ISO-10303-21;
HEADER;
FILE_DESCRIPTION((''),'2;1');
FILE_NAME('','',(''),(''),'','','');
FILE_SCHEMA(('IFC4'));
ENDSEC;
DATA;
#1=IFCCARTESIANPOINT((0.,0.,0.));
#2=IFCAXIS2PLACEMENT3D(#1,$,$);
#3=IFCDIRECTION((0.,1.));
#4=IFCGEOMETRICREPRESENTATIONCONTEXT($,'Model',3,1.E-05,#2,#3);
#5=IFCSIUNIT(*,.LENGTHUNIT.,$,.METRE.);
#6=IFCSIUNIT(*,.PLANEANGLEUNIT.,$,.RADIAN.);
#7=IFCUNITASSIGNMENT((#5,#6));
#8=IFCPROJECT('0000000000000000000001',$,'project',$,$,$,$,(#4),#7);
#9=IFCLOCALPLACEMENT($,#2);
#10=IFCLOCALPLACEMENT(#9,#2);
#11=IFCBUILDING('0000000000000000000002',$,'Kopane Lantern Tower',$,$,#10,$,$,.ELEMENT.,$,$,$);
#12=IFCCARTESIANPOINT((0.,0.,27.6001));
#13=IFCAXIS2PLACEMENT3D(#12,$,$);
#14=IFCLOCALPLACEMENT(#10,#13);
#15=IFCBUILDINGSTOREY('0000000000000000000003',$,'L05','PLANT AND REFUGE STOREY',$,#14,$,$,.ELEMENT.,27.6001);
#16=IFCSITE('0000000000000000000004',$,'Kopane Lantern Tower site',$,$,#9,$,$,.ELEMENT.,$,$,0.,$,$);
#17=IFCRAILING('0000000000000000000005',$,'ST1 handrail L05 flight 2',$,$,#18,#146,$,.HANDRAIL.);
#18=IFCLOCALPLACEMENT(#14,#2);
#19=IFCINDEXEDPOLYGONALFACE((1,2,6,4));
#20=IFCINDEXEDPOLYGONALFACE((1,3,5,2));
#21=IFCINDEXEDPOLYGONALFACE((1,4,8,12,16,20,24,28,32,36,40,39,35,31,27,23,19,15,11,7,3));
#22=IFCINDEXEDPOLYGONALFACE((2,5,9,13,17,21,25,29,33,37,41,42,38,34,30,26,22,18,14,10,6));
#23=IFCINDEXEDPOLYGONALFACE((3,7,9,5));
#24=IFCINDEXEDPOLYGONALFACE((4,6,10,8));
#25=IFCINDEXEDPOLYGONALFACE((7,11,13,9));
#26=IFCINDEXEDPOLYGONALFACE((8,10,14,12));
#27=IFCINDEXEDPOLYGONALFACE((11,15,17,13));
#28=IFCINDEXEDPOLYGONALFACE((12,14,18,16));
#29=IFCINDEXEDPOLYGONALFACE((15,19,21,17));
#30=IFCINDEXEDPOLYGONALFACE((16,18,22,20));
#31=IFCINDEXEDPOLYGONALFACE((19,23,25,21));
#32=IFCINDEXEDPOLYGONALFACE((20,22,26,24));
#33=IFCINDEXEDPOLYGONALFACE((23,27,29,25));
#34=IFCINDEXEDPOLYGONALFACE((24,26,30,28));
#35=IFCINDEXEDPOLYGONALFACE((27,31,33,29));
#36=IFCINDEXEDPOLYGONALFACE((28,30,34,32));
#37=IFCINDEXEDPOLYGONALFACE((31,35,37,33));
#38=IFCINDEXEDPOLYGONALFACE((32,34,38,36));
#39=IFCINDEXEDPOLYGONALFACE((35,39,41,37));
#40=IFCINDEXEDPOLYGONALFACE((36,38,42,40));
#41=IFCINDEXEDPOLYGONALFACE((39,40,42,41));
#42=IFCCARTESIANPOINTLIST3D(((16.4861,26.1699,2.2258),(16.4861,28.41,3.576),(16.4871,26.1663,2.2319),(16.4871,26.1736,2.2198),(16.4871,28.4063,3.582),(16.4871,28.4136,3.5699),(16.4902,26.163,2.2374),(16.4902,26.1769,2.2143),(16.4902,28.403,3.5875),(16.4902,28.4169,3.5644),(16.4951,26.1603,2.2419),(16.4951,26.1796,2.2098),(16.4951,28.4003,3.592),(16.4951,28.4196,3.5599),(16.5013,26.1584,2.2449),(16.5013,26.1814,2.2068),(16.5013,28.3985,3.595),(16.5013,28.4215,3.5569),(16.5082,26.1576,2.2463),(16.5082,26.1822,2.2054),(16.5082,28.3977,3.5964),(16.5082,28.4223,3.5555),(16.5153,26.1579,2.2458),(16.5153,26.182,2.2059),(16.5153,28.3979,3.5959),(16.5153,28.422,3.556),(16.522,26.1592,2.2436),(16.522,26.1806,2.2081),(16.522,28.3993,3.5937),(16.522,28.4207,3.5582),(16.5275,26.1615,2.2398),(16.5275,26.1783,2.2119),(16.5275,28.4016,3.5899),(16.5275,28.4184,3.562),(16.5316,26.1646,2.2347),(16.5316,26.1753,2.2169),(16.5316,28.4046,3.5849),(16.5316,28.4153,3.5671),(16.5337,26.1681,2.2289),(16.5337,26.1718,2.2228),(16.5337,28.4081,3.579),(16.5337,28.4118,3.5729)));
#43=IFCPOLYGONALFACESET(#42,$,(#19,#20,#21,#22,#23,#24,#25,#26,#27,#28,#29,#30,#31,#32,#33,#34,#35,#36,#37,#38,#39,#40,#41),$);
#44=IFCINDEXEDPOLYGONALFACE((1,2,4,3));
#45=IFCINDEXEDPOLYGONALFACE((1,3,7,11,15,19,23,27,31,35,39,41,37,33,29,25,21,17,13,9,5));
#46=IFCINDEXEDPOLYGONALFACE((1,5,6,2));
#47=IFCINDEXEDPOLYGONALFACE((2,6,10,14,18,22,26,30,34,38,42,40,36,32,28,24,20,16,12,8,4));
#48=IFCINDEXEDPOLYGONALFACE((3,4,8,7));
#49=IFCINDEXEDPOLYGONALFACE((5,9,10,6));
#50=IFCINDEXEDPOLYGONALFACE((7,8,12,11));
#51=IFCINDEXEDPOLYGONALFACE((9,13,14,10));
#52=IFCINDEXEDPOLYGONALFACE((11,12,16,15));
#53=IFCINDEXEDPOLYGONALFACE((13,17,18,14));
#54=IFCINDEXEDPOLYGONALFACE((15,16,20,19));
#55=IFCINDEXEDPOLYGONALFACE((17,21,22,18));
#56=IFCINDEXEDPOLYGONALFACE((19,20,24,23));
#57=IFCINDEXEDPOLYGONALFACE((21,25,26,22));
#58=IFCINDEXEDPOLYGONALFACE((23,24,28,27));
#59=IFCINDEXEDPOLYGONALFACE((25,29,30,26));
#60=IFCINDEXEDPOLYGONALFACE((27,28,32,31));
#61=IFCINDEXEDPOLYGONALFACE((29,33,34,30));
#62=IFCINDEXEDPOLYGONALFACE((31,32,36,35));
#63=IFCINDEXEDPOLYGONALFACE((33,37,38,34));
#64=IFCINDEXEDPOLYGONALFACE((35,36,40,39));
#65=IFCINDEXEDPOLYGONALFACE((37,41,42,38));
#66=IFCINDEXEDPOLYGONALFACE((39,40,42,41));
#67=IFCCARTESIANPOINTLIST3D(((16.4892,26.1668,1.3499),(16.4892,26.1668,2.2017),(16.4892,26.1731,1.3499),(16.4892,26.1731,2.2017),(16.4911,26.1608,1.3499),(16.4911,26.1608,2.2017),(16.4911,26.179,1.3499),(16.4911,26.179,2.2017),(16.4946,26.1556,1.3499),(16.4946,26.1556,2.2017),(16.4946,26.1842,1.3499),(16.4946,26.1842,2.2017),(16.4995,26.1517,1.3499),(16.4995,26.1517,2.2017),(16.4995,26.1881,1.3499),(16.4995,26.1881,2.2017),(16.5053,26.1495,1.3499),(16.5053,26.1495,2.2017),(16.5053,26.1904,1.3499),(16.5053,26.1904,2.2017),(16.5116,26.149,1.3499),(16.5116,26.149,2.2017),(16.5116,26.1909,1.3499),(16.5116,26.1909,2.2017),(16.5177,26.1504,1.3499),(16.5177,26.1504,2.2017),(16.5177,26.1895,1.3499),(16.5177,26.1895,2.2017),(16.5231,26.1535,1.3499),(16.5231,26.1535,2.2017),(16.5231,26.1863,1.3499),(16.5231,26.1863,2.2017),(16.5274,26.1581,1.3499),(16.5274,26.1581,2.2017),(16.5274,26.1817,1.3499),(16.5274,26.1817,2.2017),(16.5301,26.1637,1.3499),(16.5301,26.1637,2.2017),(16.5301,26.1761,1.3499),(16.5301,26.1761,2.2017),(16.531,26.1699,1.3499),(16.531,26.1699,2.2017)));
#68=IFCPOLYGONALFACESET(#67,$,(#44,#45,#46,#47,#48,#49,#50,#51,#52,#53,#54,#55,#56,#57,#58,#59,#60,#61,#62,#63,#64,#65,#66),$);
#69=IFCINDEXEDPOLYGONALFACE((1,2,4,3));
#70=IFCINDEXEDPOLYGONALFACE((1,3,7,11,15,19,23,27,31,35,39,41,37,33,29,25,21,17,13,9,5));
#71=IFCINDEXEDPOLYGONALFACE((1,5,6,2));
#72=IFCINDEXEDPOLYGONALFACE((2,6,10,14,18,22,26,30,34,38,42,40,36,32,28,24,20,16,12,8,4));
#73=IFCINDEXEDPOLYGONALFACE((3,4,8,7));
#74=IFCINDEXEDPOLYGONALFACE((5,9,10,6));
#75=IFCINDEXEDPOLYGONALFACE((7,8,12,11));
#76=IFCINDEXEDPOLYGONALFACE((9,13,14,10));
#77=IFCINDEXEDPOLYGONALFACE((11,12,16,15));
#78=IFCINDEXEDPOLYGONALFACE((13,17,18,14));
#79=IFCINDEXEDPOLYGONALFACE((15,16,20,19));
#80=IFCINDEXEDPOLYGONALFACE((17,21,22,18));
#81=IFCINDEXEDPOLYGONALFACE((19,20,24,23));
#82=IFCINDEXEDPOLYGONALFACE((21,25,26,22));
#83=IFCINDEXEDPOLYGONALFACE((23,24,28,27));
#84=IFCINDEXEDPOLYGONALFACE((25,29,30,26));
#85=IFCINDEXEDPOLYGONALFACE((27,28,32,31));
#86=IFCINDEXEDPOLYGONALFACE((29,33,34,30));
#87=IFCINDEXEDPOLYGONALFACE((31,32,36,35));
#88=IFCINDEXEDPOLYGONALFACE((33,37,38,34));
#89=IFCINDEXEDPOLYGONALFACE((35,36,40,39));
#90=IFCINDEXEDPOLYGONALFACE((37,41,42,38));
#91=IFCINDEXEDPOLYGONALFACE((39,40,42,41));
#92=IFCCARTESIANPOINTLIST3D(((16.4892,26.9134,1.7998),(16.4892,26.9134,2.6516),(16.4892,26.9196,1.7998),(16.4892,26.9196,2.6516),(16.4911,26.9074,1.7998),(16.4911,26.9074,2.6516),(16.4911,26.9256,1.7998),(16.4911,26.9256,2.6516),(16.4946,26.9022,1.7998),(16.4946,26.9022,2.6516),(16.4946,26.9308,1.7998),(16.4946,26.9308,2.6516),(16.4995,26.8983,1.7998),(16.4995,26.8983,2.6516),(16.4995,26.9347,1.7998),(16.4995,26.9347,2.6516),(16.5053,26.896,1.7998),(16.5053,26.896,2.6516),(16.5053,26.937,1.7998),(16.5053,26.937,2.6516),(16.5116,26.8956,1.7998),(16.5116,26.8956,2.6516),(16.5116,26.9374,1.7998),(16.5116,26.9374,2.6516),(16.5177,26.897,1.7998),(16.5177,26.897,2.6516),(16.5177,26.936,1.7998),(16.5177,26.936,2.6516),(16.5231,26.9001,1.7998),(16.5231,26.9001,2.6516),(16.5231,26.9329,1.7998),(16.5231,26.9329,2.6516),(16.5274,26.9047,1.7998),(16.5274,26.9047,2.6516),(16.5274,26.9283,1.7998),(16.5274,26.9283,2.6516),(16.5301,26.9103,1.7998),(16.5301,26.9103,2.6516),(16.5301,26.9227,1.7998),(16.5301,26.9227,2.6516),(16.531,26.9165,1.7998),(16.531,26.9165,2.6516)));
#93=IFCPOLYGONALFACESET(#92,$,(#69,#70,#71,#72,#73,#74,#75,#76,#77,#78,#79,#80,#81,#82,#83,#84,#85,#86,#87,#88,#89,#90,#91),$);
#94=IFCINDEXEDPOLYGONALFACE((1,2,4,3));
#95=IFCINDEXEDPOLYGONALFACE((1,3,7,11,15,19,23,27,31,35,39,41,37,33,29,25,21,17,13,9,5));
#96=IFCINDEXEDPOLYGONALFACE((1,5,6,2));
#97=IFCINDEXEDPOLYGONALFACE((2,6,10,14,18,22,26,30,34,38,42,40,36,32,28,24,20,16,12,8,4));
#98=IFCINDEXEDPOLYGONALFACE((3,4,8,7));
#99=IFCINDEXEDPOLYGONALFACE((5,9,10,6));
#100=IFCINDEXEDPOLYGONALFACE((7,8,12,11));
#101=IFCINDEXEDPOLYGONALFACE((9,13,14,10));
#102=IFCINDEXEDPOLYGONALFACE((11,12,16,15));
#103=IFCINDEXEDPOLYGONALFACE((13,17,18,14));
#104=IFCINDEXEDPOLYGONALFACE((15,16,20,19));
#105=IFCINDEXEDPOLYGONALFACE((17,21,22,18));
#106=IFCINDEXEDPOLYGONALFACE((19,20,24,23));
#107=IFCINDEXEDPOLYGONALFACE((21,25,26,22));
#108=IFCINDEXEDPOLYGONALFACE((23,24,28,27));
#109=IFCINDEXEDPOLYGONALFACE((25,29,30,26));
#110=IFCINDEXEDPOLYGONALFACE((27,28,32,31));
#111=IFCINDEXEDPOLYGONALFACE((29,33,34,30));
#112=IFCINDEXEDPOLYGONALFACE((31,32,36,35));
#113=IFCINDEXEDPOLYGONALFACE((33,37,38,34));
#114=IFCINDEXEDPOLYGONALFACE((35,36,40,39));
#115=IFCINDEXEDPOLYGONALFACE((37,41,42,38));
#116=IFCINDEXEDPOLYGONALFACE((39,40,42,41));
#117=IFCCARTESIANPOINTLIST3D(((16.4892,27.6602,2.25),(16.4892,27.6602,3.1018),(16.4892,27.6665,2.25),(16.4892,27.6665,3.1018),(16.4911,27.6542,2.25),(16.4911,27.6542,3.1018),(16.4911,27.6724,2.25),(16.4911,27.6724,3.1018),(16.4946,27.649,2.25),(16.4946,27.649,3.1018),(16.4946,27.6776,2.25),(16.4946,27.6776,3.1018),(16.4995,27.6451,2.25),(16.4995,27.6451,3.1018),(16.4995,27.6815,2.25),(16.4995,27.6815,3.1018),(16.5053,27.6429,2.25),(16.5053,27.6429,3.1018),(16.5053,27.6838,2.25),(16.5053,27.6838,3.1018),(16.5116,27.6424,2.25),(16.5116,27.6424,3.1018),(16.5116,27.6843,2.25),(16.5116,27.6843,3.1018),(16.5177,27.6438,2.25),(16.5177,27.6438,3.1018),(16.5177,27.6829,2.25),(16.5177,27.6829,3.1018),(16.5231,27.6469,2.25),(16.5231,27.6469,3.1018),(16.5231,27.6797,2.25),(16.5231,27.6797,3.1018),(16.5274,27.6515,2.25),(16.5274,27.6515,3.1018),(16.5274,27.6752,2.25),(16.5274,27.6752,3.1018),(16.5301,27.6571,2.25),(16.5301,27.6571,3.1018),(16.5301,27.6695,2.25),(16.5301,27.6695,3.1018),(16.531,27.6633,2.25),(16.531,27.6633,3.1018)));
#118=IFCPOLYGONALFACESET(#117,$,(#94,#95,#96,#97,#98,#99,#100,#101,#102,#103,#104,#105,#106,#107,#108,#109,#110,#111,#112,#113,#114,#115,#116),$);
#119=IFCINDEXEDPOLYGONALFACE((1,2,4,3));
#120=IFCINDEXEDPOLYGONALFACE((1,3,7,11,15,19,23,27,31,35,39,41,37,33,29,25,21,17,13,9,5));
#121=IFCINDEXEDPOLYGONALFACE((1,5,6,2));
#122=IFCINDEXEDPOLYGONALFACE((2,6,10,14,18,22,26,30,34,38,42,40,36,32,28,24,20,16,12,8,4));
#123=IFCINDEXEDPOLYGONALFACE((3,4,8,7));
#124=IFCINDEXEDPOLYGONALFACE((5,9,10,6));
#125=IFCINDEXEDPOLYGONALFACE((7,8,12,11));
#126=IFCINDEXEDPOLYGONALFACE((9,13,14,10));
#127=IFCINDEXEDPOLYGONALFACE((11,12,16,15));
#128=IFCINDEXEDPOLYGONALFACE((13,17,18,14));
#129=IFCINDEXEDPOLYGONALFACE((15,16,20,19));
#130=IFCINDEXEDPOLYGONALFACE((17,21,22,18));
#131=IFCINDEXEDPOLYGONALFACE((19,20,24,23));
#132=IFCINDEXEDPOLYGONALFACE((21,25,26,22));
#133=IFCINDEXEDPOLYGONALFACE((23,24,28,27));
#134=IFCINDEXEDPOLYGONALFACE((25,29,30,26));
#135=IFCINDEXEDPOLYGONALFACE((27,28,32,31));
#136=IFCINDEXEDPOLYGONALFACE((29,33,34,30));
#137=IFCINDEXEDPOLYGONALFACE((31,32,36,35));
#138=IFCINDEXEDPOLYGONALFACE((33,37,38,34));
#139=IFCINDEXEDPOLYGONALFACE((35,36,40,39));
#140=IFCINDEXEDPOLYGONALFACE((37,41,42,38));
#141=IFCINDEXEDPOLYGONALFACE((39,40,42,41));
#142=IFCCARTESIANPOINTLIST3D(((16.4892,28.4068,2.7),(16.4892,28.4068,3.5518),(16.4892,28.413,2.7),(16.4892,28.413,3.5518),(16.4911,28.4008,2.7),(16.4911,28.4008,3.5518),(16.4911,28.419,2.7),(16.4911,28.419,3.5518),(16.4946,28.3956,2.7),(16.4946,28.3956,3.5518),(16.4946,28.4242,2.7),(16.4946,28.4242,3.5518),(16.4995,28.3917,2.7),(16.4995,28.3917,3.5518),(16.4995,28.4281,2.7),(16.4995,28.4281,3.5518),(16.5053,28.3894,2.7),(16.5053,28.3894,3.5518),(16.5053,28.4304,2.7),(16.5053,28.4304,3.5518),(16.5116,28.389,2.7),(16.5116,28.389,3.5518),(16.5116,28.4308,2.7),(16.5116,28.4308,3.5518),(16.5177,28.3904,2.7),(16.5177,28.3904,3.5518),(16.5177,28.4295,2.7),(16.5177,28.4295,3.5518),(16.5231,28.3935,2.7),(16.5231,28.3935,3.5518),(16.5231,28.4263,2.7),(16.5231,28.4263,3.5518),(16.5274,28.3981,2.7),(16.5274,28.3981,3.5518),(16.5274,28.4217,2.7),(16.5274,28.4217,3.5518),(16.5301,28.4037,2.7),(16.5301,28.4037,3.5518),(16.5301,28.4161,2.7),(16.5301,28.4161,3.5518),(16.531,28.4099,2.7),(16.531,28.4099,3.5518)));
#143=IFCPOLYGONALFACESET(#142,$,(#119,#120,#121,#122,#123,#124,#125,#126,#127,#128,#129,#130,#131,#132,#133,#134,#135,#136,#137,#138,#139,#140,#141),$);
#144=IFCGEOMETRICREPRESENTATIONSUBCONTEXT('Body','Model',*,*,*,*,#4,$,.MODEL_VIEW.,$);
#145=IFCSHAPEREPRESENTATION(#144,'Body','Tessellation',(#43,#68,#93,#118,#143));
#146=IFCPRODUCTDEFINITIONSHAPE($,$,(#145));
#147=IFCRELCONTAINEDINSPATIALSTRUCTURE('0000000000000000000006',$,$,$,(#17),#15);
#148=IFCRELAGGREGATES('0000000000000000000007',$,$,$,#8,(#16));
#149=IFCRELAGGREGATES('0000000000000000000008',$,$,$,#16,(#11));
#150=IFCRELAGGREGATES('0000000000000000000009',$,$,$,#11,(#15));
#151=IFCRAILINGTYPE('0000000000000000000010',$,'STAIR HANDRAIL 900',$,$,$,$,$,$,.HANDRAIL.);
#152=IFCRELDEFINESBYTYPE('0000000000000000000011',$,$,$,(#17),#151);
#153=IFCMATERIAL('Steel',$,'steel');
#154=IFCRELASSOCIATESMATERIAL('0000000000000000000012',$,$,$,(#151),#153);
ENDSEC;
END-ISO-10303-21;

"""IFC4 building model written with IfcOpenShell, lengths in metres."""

from ifc_helpers import new_model, si_unit, direction, frame, origin, origin_2d, place, context, subcontext, project, spatial, circle, extrude, material, type_object, element, save


model = new_model("IFC4")

# Units and contexts
model_context = context("Model", 3, precision=1e-05, world=origin(), true_north=direction((0.0, 1.0)))
body_context = subcontext(model_context, "Body", "Model", "MODEL_VIEW")
ifc_project = project(units=[si_unit("LENGTHUNIT", "METRE"), si_unit("PLANEANGLEUNIT", "RADIAN")], contexts=[model_context])

# Site, building, storey
site_placement = place(None, origin())
site = spatial("IfcSite", under=ifc_project, at=site_placement, Name="Kopane Lantern Tower site", CompositionType="ELEMENT", RefElevation=0.0)
building_placement = place(site_placement, origin())
building = spatial("IfcBuilding", under=site, at=building_placement, Name="Kopane Lantern Tower", CompositionType="ELEMENT")
storey_placement = place(building_placement, frame((0.0, 0.0, 27.6001)))
storey = spatial("IfcBuildingStorey", under=building, at=storey_placement, Name="L05", Description="PLANT AND REFUGE STOREY", CompositionType="ELEMENT", Elevation=27.6001)

# Railing
ifc_material_1 = material(Name="Steel", Category="steel")
railing_type_1 = type_object("IfcRailingType", Name="STAIR HANDRAIL 900", PredefinedType="HANDRAIL", material=ifc_material_1)
for number, where, name in (
    (1, (16.51, 26.1699, 1.3499), "ST1 handrail L05 flight 2"),
):
    element("IfcRailing", number, at=place(storey_placement, frame(where)), inside=storey, type_object=railing_type_1, Name=name, PredefinedType="HANDRAIL", context=body_context, shape_type="SweptSolid", body=[
        extrude(circle(Radius=0.0239, at=origin_2d()), frame((0.0, 0.0, 0.876), z_axis=(0.0, 0.856462, 0.516211), x_axis=(-1.0, 0.0, 0.0)), (0.0, 0.0, 1.0), 2.6155),
        extrude(circle(Radius=0.021, at=origin_2d()), origin(), (0.0, 0.0, 1.0), 0.8518),
        extrude(circle(Radius=0.021, at=origin_2d()), frame((0.0, 0.7466, 0.45)), (0.0, 0.0, 1.0), 0.8518),
        extrude(circle(Radius=0.021, at=origin_2d()), frame((0.0, 1.4934, 0.9001)), (0.0, 0.0, 1.0), 0.8518),
        extrude(circle(Radius=0.021, at=origin_2d()), frame((0.0, 2.24, 1.3501)), (0.0, 0.0, 1.0), 0.8518),
    ])

save(model, "model.ifc")
